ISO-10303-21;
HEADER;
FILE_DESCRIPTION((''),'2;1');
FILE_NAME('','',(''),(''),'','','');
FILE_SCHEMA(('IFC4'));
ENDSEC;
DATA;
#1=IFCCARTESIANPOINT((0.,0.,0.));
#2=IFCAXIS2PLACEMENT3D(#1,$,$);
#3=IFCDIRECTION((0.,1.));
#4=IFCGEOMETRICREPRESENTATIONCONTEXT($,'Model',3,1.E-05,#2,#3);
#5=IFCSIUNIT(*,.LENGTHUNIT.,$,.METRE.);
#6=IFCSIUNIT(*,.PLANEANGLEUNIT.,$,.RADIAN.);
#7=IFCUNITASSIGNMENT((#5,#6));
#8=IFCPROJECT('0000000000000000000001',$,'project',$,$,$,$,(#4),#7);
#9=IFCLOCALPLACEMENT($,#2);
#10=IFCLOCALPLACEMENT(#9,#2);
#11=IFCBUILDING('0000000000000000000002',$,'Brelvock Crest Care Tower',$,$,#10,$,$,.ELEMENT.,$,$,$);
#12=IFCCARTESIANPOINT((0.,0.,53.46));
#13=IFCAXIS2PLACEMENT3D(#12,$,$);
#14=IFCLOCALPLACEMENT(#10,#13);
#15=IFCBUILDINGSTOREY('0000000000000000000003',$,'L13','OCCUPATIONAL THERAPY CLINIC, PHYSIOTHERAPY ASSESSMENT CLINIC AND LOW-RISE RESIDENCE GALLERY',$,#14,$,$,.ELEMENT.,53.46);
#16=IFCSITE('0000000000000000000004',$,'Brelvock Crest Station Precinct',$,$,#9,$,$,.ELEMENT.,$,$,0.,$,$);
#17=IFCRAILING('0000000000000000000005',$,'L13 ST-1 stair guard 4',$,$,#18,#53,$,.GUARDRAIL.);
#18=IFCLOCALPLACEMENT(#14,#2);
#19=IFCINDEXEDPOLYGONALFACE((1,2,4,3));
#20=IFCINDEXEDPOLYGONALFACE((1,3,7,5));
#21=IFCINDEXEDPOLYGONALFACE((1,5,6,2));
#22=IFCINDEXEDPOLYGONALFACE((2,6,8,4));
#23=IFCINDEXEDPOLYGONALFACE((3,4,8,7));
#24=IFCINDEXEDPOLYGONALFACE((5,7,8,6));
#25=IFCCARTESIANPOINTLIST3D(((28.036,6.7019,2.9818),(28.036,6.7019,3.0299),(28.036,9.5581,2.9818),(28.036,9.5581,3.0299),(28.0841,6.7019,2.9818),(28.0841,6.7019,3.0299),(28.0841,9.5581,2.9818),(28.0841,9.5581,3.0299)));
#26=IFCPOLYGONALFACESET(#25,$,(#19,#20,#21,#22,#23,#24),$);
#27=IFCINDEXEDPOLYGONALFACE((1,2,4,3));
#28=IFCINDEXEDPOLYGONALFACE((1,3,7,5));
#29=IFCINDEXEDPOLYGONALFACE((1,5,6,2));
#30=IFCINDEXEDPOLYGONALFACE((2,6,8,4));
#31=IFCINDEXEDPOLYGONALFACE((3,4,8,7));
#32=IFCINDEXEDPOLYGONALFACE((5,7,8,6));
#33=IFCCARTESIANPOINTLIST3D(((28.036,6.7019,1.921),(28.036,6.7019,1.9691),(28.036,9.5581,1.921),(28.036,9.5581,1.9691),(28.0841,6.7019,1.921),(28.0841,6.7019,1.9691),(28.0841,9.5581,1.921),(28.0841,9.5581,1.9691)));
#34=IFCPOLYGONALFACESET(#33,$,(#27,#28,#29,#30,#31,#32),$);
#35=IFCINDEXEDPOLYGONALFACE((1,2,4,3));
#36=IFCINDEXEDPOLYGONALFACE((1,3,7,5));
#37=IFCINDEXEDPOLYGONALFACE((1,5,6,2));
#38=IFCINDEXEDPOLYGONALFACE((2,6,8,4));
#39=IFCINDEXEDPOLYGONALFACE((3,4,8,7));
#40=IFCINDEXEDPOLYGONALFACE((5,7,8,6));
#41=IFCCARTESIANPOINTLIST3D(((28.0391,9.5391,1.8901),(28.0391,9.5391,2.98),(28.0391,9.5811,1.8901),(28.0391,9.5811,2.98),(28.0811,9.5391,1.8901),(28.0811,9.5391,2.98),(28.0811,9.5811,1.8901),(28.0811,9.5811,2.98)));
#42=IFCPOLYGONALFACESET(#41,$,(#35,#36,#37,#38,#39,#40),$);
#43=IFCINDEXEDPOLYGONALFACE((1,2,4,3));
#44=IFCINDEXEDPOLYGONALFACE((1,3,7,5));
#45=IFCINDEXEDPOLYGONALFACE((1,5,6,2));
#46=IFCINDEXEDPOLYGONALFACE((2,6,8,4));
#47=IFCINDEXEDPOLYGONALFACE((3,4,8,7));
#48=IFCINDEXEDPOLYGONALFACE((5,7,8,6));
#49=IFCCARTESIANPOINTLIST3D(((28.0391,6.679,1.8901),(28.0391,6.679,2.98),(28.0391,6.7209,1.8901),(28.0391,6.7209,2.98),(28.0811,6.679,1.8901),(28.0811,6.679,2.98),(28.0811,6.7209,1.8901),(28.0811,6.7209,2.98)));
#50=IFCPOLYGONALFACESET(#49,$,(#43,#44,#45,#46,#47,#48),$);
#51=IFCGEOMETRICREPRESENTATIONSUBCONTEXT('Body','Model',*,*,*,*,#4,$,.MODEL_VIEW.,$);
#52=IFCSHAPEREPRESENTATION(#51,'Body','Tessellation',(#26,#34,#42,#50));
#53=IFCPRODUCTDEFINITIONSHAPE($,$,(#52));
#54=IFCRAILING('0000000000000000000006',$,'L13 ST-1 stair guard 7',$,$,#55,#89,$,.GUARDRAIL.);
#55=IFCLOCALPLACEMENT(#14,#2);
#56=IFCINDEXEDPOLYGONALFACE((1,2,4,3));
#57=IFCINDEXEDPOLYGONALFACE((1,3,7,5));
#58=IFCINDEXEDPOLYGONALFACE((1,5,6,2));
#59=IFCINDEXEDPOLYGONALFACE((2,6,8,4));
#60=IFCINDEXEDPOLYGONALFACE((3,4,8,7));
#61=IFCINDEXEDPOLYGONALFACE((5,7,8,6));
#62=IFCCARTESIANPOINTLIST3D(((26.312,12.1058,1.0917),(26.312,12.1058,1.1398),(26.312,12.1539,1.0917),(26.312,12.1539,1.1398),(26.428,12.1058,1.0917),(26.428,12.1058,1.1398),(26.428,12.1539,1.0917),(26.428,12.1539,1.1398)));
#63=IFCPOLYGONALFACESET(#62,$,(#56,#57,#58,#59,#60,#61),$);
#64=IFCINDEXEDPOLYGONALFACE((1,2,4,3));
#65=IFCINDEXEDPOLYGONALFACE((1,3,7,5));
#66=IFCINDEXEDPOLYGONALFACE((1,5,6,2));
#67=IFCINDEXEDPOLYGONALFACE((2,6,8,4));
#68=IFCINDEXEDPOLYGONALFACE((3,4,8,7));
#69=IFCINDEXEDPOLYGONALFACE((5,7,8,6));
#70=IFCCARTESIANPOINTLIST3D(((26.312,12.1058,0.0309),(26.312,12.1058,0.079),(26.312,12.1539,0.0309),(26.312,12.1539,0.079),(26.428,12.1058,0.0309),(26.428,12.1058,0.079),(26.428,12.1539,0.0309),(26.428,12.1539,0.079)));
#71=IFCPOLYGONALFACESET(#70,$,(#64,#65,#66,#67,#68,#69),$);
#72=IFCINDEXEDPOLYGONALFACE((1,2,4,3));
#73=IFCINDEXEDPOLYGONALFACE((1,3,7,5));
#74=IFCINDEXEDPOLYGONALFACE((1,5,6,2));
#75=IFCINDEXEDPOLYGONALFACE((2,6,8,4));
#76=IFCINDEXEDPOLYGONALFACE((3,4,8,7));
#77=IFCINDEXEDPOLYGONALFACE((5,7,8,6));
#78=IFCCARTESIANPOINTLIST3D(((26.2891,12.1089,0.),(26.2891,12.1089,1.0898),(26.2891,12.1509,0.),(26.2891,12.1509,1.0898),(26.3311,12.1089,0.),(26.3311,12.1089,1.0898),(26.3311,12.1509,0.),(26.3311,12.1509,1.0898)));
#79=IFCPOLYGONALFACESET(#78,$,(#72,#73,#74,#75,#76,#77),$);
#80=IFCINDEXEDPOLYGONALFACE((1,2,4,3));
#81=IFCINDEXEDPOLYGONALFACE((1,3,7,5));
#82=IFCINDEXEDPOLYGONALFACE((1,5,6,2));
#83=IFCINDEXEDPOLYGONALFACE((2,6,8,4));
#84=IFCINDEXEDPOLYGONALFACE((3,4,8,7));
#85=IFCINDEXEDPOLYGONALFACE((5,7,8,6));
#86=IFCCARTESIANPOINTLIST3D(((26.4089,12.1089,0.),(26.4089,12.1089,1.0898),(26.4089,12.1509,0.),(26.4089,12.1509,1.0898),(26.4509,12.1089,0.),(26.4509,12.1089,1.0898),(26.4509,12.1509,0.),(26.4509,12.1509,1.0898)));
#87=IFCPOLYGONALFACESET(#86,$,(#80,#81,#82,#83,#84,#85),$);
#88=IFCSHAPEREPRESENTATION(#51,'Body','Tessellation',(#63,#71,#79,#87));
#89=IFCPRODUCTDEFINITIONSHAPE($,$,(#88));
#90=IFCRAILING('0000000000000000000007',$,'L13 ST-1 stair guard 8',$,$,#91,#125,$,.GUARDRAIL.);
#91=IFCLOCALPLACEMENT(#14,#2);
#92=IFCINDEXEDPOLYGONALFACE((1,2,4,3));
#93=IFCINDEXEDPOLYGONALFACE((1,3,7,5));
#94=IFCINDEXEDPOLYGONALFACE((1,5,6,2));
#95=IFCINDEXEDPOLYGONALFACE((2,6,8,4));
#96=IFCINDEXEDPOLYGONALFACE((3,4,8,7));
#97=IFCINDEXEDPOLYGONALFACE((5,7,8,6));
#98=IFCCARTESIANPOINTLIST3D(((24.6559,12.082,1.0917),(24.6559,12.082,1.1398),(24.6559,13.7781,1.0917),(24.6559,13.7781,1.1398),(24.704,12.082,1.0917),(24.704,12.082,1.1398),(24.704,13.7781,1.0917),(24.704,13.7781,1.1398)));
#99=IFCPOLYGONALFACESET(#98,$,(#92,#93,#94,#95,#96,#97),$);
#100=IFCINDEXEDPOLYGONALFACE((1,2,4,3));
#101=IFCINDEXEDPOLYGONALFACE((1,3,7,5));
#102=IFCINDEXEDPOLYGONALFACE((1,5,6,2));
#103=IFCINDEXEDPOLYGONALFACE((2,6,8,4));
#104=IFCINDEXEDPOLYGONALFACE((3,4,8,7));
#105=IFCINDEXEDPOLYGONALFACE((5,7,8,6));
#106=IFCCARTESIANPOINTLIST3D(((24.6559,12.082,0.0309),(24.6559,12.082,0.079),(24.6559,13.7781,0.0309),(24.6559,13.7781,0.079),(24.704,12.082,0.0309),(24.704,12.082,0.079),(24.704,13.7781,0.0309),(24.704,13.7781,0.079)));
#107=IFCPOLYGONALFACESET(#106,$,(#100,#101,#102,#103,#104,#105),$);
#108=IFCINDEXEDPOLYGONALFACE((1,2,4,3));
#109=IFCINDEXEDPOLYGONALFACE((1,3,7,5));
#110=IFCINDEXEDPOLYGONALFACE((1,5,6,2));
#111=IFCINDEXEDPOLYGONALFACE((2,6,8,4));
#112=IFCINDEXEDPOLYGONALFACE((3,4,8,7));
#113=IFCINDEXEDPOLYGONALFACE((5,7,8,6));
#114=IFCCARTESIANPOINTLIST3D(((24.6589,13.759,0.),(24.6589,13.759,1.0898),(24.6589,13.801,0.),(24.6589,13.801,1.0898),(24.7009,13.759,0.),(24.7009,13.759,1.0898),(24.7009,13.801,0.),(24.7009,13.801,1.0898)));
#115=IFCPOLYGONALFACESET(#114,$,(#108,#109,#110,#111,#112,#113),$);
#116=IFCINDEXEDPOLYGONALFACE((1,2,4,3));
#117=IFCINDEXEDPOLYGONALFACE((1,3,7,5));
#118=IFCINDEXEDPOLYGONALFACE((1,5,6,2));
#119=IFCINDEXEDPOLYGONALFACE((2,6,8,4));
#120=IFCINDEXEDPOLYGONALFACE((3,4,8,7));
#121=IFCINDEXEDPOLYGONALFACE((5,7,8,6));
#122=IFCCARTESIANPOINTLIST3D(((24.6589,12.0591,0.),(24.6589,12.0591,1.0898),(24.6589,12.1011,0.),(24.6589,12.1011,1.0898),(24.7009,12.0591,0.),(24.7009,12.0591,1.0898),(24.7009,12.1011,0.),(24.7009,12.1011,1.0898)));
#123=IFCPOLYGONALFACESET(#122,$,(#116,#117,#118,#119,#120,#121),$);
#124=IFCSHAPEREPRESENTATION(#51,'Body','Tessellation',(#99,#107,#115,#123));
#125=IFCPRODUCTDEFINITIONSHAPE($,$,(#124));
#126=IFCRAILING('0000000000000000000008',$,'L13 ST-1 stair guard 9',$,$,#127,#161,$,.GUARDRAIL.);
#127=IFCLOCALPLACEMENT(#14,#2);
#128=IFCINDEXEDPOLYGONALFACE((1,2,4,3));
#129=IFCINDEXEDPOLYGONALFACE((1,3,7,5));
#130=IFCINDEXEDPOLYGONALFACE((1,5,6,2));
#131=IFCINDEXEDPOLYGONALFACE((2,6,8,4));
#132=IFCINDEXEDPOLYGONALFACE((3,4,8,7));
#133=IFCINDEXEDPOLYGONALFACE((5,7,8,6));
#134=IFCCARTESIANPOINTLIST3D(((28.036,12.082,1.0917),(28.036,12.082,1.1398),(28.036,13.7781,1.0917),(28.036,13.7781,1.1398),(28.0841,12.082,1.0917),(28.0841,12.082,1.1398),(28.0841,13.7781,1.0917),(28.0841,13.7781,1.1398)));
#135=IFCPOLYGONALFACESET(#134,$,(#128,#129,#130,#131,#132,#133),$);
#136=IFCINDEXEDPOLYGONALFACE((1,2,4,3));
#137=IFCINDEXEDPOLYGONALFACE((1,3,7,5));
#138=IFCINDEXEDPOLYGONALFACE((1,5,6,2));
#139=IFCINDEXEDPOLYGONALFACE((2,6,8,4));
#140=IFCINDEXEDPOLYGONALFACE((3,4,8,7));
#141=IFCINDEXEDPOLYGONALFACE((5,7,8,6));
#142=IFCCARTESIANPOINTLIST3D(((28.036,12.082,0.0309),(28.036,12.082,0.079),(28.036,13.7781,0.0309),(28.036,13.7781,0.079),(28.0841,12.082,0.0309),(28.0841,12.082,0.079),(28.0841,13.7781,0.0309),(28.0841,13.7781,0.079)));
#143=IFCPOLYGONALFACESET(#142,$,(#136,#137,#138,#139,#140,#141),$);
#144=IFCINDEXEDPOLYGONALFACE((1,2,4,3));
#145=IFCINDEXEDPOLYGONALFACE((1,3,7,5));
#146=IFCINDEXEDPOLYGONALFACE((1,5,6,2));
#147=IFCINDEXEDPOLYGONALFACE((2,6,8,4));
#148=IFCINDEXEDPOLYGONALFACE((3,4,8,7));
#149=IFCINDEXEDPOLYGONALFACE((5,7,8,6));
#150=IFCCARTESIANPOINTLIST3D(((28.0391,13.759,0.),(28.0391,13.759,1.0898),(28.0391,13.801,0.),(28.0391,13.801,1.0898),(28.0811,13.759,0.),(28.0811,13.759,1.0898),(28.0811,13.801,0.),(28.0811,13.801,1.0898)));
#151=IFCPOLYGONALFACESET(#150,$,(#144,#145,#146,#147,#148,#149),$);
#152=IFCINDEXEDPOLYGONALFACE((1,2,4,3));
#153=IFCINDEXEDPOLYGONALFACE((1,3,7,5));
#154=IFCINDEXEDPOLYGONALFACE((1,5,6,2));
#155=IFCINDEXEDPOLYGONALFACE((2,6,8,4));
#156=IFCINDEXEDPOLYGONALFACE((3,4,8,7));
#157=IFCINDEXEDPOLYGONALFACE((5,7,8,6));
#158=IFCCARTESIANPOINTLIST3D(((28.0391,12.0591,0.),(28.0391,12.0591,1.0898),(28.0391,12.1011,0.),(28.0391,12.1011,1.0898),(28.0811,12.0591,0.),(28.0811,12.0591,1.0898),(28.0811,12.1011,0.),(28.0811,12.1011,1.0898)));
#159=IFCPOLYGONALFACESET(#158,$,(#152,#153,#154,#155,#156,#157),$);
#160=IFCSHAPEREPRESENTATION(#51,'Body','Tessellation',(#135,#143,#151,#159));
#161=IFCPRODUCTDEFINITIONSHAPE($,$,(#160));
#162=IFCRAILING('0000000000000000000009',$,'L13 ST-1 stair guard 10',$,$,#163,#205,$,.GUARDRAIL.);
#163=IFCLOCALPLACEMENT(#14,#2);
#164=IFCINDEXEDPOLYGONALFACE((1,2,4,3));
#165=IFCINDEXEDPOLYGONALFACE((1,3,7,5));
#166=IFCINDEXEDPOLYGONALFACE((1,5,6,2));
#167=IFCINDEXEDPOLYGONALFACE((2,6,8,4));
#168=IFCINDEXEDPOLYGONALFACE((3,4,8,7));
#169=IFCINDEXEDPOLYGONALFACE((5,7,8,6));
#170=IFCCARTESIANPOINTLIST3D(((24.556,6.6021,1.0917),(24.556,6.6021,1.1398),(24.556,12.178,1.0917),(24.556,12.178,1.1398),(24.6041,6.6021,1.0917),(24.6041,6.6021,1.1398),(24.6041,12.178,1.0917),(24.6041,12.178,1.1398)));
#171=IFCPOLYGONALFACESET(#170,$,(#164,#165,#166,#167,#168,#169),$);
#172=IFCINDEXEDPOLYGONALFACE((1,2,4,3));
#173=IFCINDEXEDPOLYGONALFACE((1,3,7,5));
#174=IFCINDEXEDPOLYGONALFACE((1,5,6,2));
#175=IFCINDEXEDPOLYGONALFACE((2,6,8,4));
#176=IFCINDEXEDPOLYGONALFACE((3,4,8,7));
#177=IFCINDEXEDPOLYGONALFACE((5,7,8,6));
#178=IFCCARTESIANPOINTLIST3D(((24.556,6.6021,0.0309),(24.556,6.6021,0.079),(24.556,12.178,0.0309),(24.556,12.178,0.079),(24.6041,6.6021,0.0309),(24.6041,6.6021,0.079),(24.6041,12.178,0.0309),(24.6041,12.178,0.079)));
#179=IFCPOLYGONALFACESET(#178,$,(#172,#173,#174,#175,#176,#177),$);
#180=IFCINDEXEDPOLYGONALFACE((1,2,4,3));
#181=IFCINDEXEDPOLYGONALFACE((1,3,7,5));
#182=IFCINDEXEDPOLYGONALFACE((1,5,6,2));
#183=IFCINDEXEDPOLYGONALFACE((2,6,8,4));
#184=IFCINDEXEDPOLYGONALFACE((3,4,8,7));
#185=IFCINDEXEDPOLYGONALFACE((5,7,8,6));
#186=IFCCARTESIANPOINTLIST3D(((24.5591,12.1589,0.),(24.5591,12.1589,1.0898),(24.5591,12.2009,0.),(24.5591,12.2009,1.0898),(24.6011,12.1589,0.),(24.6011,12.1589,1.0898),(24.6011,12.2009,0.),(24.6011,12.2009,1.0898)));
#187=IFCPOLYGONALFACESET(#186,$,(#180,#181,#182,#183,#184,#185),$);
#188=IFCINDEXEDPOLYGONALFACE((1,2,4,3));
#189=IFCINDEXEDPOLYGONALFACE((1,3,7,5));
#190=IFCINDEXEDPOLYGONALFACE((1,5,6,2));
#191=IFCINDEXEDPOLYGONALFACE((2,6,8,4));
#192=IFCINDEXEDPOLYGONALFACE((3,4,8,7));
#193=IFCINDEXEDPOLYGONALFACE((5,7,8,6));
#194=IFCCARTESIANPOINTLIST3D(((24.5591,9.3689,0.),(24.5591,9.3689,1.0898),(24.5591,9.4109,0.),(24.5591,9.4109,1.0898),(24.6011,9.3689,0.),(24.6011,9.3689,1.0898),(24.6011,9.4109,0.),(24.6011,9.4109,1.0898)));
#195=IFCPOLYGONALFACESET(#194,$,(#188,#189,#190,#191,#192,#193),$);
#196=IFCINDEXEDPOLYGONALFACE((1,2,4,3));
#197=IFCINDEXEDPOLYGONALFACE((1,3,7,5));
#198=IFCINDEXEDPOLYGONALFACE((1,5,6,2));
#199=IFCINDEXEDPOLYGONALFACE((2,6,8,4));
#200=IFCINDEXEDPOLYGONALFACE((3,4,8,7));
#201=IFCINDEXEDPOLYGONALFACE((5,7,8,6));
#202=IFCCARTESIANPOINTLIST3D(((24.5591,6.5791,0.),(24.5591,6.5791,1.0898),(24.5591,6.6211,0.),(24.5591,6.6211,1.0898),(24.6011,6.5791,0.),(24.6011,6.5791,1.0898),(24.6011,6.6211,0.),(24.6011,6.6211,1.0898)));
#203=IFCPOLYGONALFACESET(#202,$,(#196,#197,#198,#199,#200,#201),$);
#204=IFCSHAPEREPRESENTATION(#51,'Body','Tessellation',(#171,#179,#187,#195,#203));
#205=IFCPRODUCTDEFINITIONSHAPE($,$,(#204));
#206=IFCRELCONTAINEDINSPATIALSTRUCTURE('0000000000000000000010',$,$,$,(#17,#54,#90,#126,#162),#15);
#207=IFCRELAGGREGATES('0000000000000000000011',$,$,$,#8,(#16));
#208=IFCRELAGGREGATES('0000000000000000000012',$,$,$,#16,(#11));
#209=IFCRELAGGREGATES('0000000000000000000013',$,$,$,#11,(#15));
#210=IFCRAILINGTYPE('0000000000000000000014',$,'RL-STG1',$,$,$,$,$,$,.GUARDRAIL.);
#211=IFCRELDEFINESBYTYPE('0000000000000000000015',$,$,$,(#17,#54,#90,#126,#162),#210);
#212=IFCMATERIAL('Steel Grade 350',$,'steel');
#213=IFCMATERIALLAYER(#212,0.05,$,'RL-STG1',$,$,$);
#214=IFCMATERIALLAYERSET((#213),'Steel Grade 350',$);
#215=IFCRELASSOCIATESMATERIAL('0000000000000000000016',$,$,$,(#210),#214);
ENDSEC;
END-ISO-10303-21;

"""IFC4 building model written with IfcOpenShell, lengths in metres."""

from ifc_helpers import new_model, si_unit, direction, frame, origin, origin_2d, place, context, subcontext, project, spatial, rectangle, extrude, material, layer, layer_set, type_object, element, save


model = new_model("IFC4")

# Units and contexts
model_context = context("Model", 3, precision=1e-05, world=origin(), true_north=direction((0.0, 1.0)))
body_context = subcontext(model_context, "Body", "Model", "MODEL_VIEW")
ifc_project = project(units=[si_unit("LENGTHUNIT", "METRE"), si_unit("PLANEANGLEUNIT", "RADIAN")], contexts=[model_context])

# Site, building, storey
site_placement = place(None, origin())
site = spatial("IfcSite", under=ifc_project, at=site_placement, Name="Brelvock Crest Station Precinct", CompositionType="ELEMENT", RefElevation=0.0)
building_placement = place(site_placement, origin())
building = spatial("IfcBuilding", under=site, at=building_placement, Name="Brelvock Crest Care Tower", CompositionType="ELEMENT")
storey_placement = place(building_placement, frame((0.0, 0.0, 53.46)))
storey = spatial("IfcBuildingStorey", under=building, at=storey_placement, Name="L13", Description="OCCUPATIONAL THERAPY CLINIC, PHYSIOTHERAPY ASSESSMENT CLINIC AND LOW-RISE RESIDENCE GALLERY", CompositionType="ELEMENT", Elevation=53.46)

# Shared definitions
ifc_material_1 = material(Name="Steel Grade 350", Category="steel")

# Railings
ifc_layer_1 = layer(ifc_material_1, 0.05, Name="RL-STG1")
ifc_layer_set_1 = layer_set([ifc_layer_1], Name="Steel Grade 350")
railing_type_1 = type_object("IfcRailingType", Name="RL-STG1", PredefinedType="GUARDRAIL", material=ifc_layer_set_1)
railing_1_placement = place(storey_placement, frame((28.0601, 9.5601, 1.8901)))
element("IfcRailing", 1, at=railing_1_placement, inside=storey, type_object=railing_type_1, Name="L13 ST-1 stair guard 4", PredefinedType="GUARDRAIL", context=body_context, shape_type="SweptSolid", body=[
    extrude(rectangle(XDim=0.0481, YDim=0.0481, at=origin_2d()), frame((0.0, -0.002, 1.1157), z_axis=(0.0, -1.0, 0.0), x_axis=(1.0, 0.0, 0.0)), (0.0, 0.0, 1.0), 2.8562),
    extrude(rectangle(XDim=0.0481, YDim=0.0481, at=origin_2d()), frame((0.0, -0.002, 0.0549), z_axis=(0.0, -1.0, 0.0), x_axis=(1.0, 0.0, 0.0)), (0.0, 0.0, 1.0), 2.8562),
    extrude(rectangle(XDim=0.042, YDim=0.042, at=origin_2d()), origin(), (0.0, 0.0, 1.0), 1.0898),
    extrude(rectangle(XDim=0.042, YDim=0.042, at=origin_2d()), frame((0.0, -2.8601, 0.0)), (0.0, 0.0, 1.0), 1.0898),
])
railing_2_placement = place(storey_placement, frame((26.3101, 12.1299, 0.0)))
element("IfcRailing", 2, at=railing_2_placement, inside=storey, type_object=railing_type_1, Name="L13 ST-1 stair guard 7", PredefinedType="GUARDRAIL", context=body_context, shape_type="SweptSolid", body=[
    extrude(rectangle(XDim=0.0481, YDim=0.0481, at=origin_2d()), frame((0.002, 0.0, 1.1157), z_axis=(1.0, 0.0, 0.0), x_axis=(0.0, 1.0, 0.0)), (0.0, 0.0, 1.0), 0.116),
    extrude(rectangle(XDim=0.0481, YDim=0.0481, at=origin_2d()), frame((0.002, 0.0, 0.0549), z_axis=(1.0, 0.0, 0.0), x_axis=(0.0, 1.0, 0.0)), (0.0, 0.0, 1.0), 0.116),
    extrude(rectangle(XDim=0.042, YDim=0.042, at=origin_2d()), origin(), (0.0, 0.0, 1.0), 1.0898),
    extrude(rectangle(XDim=0.042, YDim=0.042, at=origin_2d()), frame((0.1199, 0.0, 0.0)), (0.0, 0.0, 1.0), 1.0898),
])
for number, where, name in (
    (3, (24.6799, 13.78, 0.0), "L13 ST-1 stair guard 8"),
    (4, (28.0601, 13.78, 0.0), "L13 ST-1 stair guard 9"),
):
    element("IfcRailing", number, at=place(storey_placement, frame(where)), inside=storey, type_object=railing_type_1, Name=name, PredefinedType="GUARDRAIL", context=body_context, shape_type="SweptSolid", body=[
        extrude(rectangle(XDim=0.0481, YDim=0.0481, at=origin_2d()), frame((0.0, -0.002, 1.1157), z_axis=(0.0, -1.0, 0.0), x_axis=(1.0, 0.0, 0.0)), (0.0, 0.0, 1.0), 1.696),
        extrude(rectangle(XDim=0.0481, YDim=0.0481, at=origin_2d()), frame((0.0, -0.002, 0.0549), z_axis=(0.0, -1.0, 0.0), x_axis=(1.0, 0.0, 0.0)), (0.0, 0.0, 1.0), 1.696),
        extrude(rectangle(XDim=0.042, YDim=0.042, at=origin_2d()), origin(), (0.0, 0.0, 1.0), 1.0898),
        extrude(rectangle(XDim=0.042, YDim=0.042, at=origin_2d()), frame((0.0, -1.7, 0.0)), (0.0, 0.0, 1.0), 1.0898),
    ])
for number, where, name in (
    (5, (24.5801, 12.1799, 0.0), "L13 ST-1 stair guard 10"),
):
    element("IfcRailing", number, at=place(storey_placement, frame(where)), inside=storey, type_object=railing_type_1, Name=name, PredefinedType="GUARDRAIL", context=body_context, shape_type="SweptSolid", body=[
        extrude(rectangle(XDim=0.0481, YDim=0.0481, at=origin_2d()), frame((0.0, -0.002, 1.1157), z_axis=(0.0, -1.0, 0.0), x_axis=(1.0, 0.0, 0.0)), (0.0, 0.0, 1.0), 5.5759),
        extrude(rectangle(XDim=0.0481, YDim=0.0481, at=origin_2d()), frame((0.0, -0.002, 0.0549), z_axis=(0.0, -1.0, 0.0), x_axis=(1.0, 0.0, 0.0)), (0.0, 0.0, 1.0), 5.5759),
        extrude(rectangle(XDim=0.042, YDim=0.042, at=origin_2d()), origin(), (0.0, 0.0, 1.0), 1.0898),
        extrude(rectangle(XDim=0.042, YDim=0.042, at=origin_2d()), frame((0.0, -2.79, 0.0)), (0.0, 0.0, 1.0), 1.0898),
        extrude(rectangle(XDim=0.042, YDim=0.042, at=origin_2d()), frame((0.0, -5.5798, 0.0)), (0.0, 0.0, 1.0), 1.0898),
    ])

save(model, "model.ifc")
